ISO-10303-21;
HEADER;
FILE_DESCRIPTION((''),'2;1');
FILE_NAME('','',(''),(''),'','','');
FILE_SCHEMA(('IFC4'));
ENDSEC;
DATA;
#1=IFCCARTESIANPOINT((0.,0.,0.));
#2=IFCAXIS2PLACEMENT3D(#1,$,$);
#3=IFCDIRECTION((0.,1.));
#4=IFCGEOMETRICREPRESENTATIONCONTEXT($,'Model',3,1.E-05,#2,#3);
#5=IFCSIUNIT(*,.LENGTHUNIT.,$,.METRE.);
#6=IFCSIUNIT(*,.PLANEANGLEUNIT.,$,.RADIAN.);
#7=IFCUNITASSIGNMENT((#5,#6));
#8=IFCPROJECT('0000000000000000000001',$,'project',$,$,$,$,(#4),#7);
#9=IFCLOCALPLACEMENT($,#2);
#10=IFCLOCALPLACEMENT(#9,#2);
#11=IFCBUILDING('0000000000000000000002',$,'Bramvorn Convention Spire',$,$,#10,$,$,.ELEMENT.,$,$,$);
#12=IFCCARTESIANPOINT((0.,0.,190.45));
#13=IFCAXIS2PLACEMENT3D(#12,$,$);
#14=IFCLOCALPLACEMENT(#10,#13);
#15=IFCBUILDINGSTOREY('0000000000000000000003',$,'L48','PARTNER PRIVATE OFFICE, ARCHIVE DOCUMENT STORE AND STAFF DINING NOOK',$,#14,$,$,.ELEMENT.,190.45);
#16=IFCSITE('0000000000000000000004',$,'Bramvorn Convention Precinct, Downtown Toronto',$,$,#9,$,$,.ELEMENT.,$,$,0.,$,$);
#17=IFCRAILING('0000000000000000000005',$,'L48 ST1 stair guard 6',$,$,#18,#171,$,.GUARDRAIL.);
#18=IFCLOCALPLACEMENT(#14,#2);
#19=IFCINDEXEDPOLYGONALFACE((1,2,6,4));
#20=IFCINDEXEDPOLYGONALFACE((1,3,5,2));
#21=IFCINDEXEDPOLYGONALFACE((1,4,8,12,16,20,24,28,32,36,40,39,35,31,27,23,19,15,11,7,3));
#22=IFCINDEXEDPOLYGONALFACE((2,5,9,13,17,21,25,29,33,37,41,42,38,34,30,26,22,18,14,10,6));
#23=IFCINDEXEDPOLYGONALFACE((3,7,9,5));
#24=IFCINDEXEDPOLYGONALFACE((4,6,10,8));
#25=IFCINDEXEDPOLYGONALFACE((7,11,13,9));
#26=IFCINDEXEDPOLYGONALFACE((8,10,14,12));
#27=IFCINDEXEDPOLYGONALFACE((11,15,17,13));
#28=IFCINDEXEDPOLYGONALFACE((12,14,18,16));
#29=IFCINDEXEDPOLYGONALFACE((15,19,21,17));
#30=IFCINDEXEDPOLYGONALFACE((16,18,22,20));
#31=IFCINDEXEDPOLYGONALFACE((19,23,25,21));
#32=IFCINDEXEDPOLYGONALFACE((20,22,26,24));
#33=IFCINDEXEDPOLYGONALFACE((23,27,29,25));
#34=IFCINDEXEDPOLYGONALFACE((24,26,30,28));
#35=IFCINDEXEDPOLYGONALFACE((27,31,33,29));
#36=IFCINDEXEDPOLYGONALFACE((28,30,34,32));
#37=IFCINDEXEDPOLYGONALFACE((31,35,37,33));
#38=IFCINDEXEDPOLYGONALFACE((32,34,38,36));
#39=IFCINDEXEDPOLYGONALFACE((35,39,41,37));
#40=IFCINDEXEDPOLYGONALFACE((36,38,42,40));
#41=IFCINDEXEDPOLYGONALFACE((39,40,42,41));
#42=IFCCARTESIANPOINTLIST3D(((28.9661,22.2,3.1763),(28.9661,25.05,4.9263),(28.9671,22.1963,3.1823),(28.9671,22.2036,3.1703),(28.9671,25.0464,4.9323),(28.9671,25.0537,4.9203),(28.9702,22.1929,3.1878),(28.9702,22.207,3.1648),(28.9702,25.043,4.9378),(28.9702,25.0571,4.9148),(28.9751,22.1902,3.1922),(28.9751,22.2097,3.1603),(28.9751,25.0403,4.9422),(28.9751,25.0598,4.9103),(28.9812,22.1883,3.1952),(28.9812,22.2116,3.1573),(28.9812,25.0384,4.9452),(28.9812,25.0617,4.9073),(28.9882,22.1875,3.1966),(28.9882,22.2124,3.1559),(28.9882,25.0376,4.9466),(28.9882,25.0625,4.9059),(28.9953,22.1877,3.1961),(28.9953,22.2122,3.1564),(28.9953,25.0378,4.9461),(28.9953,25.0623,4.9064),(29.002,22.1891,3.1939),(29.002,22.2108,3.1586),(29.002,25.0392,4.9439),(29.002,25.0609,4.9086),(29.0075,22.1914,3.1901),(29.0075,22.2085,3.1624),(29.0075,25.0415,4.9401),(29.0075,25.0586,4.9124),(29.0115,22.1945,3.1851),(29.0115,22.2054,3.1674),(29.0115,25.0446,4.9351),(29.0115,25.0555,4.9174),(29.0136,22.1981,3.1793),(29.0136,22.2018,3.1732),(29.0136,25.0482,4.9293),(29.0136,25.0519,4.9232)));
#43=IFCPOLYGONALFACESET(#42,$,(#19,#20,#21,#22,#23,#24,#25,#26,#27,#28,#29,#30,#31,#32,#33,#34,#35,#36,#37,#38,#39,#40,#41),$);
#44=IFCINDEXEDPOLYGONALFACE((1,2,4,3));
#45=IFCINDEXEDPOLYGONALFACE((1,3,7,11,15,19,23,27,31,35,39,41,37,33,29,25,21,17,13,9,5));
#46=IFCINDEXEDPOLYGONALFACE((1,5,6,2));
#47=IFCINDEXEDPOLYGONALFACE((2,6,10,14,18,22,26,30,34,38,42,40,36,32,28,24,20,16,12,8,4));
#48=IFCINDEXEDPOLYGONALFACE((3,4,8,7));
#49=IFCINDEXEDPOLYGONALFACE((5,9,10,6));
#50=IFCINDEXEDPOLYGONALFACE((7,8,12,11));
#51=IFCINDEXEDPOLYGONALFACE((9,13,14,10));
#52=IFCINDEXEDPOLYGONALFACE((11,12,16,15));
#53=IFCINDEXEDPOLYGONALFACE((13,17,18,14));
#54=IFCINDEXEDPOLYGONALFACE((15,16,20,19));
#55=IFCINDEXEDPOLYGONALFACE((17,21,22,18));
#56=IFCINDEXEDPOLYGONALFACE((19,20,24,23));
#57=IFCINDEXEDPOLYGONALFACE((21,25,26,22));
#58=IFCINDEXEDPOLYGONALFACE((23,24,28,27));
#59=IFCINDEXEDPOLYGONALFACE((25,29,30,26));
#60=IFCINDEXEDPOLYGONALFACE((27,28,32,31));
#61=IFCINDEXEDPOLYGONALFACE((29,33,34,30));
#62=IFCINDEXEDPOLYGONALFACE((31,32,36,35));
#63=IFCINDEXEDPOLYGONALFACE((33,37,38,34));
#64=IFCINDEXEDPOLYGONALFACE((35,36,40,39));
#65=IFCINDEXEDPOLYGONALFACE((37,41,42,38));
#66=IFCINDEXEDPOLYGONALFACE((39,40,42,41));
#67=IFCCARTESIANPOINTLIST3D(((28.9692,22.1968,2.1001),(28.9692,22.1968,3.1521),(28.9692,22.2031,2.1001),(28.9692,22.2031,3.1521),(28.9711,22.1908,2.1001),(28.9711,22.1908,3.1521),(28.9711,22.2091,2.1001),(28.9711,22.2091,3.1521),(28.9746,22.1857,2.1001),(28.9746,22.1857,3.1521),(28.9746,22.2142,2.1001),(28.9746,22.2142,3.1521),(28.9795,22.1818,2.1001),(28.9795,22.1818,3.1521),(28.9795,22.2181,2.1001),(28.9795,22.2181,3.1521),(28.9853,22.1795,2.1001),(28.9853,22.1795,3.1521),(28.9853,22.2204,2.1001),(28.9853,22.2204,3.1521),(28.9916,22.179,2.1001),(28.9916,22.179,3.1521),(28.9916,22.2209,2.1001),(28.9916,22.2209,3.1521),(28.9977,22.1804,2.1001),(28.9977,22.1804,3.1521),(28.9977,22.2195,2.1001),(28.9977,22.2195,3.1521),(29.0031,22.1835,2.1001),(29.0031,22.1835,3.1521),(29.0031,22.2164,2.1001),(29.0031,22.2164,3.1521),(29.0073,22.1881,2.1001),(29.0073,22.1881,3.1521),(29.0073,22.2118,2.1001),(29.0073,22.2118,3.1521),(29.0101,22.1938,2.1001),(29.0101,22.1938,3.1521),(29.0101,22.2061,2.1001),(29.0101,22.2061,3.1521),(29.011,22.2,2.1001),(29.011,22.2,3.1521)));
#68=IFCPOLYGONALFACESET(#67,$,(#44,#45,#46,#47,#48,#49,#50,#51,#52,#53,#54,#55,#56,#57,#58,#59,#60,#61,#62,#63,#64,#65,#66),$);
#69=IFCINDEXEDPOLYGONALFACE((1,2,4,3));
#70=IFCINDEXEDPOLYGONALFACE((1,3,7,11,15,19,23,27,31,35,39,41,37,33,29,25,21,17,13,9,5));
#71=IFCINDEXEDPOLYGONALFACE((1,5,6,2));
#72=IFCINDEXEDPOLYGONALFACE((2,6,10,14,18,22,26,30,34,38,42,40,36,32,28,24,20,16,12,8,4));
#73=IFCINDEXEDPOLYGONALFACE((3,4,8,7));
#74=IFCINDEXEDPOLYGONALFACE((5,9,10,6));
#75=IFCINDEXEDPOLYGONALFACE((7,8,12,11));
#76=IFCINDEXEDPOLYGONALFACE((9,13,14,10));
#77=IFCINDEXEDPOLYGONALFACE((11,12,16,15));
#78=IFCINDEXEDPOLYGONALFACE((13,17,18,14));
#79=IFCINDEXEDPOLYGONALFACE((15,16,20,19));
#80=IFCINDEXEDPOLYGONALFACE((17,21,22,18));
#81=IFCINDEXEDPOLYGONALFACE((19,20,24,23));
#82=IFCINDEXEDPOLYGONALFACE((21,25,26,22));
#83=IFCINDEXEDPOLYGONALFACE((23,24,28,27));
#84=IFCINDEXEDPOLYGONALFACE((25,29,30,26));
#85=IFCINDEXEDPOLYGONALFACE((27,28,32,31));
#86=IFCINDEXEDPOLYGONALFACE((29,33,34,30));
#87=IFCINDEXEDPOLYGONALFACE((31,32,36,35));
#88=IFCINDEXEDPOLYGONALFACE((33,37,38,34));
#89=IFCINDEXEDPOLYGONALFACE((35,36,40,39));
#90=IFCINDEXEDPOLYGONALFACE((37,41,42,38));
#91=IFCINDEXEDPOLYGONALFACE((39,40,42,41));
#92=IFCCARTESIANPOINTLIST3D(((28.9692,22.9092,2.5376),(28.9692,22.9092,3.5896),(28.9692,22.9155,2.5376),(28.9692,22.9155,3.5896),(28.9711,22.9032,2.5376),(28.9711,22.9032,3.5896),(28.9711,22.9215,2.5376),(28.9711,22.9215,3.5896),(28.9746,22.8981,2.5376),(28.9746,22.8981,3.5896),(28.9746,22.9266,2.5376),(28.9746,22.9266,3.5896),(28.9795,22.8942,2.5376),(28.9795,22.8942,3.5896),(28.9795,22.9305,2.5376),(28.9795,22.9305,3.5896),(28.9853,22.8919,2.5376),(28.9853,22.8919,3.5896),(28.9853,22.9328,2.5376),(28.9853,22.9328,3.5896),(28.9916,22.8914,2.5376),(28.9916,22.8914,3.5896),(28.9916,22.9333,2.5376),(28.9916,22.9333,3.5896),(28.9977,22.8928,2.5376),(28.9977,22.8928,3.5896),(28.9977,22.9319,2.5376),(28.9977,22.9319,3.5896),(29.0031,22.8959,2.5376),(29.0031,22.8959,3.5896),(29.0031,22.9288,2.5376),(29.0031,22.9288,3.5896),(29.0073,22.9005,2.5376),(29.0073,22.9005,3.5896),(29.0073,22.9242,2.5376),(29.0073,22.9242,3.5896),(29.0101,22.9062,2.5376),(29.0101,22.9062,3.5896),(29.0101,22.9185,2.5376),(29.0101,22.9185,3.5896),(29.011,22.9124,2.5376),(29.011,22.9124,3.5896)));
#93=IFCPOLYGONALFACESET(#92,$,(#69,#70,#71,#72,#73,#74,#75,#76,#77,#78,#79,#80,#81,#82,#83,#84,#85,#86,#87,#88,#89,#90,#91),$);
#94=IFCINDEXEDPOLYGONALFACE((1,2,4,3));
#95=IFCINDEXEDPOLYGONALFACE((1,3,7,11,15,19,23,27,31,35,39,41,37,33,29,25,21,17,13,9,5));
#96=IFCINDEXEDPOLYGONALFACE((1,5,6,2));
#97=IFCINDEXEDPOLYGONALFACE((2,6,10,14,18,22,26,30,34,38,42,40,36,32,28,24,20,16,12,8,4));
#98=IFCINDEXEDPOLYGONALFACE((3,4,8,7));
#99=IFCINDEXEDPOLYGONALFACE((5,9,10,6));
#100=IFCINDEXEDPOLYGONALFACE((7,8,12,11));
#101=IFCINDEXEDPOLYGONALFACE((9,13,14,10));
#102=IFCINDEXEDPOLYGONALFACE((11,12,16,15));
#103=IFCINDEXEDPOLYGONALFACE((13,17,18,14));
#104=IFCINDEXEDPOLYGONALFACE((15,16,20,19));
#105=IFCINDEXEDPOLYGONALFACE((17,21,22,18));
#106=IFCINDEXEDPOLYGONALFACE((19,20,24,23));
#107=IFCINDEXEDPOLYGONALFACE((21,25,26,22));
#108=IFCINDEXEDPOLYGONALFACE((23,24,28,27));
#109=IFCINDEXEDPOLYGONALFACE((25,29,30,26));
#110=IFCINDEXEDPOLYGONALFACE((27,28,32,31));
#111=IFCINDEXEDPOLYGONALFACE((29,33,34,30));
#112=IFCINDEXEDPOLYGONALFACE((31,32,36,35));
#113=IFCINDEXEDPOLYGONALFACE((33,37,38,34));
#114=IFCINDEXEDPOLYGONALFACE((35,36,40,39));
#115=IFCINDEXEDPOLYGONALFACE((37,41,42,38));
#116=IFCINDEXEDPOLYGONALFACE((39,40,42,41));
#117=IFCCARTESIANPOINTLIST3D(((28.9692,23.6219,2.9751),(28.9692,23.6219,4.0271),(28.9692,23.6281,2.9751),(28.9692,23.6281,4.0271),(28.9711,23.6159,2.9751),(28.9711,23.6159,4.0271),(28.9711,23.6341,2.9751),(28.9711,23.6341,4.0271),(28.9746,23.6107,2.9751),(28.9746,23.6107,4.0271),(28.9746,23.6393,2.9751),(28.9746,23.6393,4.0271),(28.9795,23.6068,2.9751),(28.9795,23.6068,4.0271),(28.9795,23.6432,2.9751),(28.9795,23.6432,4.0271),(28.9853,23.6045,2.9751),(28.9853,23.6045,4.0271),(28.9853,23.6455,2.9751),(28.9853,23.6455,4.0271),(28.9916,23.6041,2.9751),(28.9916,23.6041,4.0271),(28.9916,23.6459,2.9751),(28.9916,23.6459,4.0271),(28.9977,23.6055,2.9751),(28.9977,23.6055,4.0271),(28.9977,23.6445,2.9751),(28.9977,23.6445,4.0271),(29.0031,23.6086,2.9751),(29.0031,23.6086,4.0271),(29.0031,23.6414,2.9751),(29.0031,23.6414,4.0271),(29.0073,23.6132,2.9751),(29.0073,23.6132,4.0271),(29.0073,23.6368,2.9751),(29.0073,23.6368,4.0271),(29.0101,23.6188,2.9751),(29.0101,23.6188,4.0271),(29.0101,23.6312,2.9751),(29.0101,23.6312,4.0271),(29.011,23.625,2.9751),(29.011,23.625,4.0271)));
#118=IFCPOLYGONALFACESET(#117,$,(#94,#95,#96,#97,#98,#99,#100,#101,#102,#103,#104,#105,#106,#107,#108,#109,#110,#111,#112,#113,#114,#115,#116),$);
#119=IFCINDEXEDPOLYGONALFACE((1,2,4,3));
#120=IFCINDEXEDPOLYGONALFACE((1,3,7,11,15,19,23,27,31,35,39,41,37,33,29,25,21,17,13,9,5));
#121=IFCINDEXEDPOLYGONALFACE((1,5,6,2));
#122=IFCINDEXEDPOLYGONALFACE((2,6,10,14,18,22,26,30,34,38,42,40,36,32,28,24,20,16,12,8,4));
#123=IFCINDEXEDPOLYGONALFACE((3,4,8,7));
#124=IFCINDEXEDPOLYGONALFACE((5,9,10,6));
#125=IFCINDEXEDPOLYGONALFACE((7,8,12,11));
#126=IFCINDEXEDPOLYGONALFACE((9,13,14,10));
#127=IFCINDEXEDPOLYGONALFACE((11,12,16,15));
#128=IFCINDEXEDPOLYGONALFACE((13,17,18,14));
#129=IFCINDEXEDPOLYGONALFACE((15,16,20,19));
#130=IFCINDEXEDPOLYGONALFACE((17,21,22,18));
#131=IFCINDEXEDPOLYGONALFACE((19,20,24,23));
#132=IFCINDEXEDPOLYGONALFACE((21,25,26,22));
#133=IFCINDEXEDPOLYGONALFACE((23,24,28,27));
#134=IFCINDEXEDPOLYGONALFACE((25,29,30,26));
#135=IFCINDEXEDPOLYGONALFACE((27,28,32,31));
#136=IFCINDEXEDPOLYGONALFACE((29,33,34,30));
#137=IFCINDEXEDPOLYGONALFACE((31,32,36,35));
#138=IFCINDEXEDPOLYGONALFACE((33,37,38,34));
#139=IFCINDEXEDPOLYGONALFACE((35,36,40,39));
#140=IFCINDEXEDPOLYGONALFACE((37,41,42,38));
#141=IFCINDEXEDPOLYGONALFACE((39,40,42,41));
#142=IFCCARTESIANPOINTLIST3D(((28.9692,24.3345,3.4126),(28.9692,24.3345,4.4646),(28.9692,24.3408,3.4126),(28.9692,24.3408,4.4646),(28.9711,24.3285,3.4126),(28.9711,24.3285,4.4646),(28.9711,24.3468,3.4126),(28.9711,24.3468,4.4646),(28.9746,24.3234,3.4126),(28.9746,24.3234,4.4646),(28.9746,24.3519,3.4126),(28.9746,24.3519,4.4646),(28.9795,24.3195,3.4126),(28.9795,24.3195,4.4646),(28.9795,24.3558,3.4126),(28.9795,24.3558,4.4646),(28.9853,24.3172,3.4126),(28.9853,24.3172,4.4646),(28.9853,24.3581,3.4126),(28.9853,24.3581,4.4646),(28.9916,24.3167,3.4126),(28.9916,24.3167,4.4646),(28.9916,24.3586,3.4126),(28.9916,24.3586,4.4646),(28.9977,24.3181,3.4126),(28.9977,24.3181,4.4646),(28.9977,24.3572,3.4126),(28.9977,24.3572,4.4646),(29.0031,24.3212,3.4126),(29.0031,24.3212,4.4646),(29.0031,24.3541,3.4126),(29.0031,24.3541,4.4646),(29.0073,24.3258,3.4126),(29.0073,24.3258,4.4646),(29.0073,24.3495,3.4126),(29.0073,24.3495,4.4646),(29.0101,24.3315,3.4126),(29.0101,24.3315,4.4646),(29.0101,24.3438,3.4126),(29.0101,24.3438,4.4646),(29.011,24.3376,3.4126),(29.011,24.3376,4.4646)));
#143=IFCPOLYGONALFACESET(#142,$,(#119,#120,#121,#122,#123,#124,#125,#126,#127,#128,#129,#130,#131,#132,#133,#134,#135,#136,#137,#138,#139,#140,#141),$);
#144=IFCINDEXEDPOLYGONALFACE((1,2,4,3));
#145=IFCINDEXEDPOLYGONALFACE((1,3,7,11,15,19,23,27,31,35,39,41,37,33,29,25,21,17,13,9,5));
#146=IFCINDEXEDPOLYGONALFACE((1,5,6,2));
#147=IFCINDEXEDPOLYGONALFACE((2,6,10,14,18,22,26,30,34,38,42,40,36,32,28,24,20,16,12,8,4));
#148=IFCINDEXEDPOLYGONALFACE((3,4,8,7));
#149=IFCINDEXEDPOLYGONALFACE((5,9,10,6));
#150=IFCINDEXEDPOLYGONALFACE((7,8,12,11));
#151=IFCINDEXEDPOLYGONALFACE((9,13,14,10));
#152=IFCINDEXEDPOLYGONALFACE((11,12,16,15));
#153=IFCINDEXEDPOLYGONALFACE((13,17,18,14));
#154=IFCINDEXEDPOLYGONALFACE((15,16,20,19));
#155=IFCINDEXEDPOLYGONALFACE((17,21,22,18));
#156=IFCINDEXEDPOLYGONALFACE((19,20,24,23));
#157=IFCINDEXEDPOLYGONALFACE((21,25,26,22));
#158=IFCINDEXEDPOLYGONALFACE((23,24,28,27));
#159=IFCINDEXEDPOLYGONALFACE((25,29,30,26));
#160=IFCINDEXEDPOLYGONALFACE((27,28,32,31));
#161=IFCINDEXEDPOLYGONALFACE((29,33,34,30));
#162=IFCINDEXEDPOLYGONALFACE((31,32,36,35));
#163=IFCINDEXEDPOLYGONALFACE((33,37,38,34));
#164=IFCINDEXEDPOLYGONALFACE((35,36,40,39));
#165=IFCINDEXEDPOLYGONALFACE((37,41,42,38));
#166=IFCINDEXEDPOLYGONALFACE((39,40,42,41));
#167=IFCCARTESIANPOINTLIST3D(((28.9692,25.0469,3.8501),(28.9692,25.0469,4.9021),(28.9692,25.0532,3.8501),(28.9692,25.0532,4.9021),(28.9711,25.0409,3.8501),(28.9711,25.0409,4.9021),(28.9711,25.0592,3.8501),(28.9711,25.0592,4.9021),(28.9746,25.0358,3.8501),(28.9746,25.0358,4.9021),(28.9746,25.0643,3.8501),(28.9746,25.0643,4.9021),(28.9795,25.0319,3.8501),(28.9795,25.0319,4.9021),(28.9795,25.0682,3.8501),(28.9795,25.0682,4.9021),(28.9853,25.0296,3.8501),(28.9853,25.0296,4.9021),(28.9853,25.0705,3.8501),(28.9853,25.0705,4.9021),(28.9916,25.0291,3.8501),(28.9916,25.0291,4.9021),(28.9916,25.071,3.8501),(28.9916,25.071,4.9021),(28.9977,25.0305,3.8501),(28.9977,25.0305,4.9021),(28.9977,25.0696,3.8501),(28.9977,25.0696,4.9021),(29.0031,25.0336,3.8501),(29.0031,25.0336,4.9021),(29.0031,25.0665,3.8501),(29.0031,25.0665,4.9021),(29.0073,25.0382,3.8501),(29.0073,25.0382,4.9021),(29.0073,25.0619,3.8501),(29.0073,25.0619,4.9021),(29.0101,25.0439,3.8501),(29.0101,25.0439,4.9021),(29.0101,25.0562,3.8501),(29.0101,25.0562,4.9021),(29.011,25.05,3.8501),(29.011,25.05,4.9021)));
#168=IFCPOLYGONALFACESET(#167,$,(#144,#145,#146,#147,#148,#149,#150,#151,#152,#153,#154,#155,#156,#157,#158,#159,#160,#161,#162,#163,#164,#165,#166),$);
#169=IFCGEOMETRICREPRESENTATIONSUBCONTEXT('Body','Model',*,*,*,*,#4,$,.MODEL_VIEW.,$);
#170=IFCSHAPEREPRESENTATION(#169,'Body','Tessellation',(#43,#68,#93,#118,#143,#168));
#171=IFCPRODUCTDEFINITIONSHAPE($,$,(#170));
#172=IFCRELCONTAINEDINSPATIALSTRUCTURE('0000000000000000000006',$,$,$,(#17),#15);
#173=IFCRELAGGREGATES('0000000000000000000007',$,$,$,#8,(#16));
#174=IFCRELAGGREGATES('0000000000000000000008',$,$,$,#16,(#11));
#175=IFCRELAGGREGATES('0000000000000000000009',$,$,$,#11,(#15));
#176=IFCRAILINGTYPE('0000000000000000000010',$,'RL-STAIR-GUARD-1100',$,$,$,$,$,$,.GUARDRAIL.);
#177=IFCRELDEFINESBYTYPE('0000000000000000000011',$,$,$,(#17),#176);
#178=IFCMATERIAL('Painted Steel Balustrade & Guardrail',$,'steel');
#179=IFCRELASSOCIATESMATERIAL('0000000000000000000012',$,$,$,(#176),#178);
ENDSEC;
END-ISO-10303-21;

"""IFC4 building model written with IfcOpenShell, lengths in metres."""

from ifc_helpers import new_model, si_unit, direction, frame, origin, origin_2d, place, context, subcontext, project, spatial, circle, extrude, material, type_object, element, save


model = new_model("IFC4")

# Units and contexts
model_context = context("Model", 3, precision=1e-05, world=origin(), true_north=direction((0.0, 1.0)))
body_context = subcontext(model_context, "Body", "Model", "MODEL_VIEW")
ifc_project = project(units=[si_unit("LENGTHUNIT", "METRE"), si_unit("PLANEANGLEUNIT", "RADIAN")], contexts=[model_context])

# Site, building, storey
site_placement = place(None, origin())
site = spatial("IfcSite", under=ifc_project, at=site_placement, Name="Bramvorn Convention Precinct, Downtown Toronto", CompositionType="ELEMENT", RefElevation=0.0)
building_placement = place(site_placement, origin())
building = spatial("IfcBuilding", under=site, at=building_placement, Name="Bramvorn Convention Spire", CompositionType="ELEMENT")
storey_placement = place(building_placement, frame((0.0, 0.0, 190.45)))
storey = spatial("IfcBuildingStorey", under=building, at=storey_placement, Name="L48", Description="PARTNER PRIVATE OFFICE, ARCHIVE DOCUMENT STORE AND STAFF DINING NOOK", CompositionType="ELEMENT", Elevation=190.45)

# Railing
ifc_material_1 = material(Name="Painted Steel Balustrade & Guardrail", Category="steel")
railing_type_1 = type_object("IfcRailingType", Name="RL-STAIR-GUARD-1100", PredefinedType="GUARDRAIL", material=ifc_material_1)
railing_1_placement = place(storey_placement, frame((28.99, 22.2, 2.1001)))
element("IfcRailing", 1, at=railing_1_placement, inside=storey, type_object=railing_type_1, Name="L48 ST1 stair guard 6", PredefinedType="GUARDRAIL", context=body_context, shape_type="SweptSolid", body=[
    extrude(circle(Radius=0.0239, at=origin_2d()), frame((0.0, 0.0, 1.0762), z_axis=(0.0, 0.852179, 0.52325), x_axis=(-1.0, 0.0, 0.0)), (0.0, 0.0, 1.0), 3.3445),
    extrude(circle(Radius=0.021, at=origin_2d()), origin(), (0.0, 0.0, 1.0), 1.052),
    extrude(circle(Radius=0.021, at=origin_2d()), frame((0.0, 0.7124, 0.4375)), (0.0, 0.0, 1.0), 1.052),
    extrude(circle(Radius=0.021, at=origin_2d()), frame((0.0, 1.425, 0.875)), (0.0, 0.0, 1.0), 1.052),
    extrude(circle(Radius=0.021, at=origin_2d()), frame((0.0, 2.1377, 1.3125)), (0.0, 0.0, 1.0), 1.052),
    extrude(circle(Radius=0.021, at=origin_2d()), frame((0.0, 2.8501, 1.75)), (0.0, 0.0, 1.0), 1.052),
])

save(model, "model.ifc")
